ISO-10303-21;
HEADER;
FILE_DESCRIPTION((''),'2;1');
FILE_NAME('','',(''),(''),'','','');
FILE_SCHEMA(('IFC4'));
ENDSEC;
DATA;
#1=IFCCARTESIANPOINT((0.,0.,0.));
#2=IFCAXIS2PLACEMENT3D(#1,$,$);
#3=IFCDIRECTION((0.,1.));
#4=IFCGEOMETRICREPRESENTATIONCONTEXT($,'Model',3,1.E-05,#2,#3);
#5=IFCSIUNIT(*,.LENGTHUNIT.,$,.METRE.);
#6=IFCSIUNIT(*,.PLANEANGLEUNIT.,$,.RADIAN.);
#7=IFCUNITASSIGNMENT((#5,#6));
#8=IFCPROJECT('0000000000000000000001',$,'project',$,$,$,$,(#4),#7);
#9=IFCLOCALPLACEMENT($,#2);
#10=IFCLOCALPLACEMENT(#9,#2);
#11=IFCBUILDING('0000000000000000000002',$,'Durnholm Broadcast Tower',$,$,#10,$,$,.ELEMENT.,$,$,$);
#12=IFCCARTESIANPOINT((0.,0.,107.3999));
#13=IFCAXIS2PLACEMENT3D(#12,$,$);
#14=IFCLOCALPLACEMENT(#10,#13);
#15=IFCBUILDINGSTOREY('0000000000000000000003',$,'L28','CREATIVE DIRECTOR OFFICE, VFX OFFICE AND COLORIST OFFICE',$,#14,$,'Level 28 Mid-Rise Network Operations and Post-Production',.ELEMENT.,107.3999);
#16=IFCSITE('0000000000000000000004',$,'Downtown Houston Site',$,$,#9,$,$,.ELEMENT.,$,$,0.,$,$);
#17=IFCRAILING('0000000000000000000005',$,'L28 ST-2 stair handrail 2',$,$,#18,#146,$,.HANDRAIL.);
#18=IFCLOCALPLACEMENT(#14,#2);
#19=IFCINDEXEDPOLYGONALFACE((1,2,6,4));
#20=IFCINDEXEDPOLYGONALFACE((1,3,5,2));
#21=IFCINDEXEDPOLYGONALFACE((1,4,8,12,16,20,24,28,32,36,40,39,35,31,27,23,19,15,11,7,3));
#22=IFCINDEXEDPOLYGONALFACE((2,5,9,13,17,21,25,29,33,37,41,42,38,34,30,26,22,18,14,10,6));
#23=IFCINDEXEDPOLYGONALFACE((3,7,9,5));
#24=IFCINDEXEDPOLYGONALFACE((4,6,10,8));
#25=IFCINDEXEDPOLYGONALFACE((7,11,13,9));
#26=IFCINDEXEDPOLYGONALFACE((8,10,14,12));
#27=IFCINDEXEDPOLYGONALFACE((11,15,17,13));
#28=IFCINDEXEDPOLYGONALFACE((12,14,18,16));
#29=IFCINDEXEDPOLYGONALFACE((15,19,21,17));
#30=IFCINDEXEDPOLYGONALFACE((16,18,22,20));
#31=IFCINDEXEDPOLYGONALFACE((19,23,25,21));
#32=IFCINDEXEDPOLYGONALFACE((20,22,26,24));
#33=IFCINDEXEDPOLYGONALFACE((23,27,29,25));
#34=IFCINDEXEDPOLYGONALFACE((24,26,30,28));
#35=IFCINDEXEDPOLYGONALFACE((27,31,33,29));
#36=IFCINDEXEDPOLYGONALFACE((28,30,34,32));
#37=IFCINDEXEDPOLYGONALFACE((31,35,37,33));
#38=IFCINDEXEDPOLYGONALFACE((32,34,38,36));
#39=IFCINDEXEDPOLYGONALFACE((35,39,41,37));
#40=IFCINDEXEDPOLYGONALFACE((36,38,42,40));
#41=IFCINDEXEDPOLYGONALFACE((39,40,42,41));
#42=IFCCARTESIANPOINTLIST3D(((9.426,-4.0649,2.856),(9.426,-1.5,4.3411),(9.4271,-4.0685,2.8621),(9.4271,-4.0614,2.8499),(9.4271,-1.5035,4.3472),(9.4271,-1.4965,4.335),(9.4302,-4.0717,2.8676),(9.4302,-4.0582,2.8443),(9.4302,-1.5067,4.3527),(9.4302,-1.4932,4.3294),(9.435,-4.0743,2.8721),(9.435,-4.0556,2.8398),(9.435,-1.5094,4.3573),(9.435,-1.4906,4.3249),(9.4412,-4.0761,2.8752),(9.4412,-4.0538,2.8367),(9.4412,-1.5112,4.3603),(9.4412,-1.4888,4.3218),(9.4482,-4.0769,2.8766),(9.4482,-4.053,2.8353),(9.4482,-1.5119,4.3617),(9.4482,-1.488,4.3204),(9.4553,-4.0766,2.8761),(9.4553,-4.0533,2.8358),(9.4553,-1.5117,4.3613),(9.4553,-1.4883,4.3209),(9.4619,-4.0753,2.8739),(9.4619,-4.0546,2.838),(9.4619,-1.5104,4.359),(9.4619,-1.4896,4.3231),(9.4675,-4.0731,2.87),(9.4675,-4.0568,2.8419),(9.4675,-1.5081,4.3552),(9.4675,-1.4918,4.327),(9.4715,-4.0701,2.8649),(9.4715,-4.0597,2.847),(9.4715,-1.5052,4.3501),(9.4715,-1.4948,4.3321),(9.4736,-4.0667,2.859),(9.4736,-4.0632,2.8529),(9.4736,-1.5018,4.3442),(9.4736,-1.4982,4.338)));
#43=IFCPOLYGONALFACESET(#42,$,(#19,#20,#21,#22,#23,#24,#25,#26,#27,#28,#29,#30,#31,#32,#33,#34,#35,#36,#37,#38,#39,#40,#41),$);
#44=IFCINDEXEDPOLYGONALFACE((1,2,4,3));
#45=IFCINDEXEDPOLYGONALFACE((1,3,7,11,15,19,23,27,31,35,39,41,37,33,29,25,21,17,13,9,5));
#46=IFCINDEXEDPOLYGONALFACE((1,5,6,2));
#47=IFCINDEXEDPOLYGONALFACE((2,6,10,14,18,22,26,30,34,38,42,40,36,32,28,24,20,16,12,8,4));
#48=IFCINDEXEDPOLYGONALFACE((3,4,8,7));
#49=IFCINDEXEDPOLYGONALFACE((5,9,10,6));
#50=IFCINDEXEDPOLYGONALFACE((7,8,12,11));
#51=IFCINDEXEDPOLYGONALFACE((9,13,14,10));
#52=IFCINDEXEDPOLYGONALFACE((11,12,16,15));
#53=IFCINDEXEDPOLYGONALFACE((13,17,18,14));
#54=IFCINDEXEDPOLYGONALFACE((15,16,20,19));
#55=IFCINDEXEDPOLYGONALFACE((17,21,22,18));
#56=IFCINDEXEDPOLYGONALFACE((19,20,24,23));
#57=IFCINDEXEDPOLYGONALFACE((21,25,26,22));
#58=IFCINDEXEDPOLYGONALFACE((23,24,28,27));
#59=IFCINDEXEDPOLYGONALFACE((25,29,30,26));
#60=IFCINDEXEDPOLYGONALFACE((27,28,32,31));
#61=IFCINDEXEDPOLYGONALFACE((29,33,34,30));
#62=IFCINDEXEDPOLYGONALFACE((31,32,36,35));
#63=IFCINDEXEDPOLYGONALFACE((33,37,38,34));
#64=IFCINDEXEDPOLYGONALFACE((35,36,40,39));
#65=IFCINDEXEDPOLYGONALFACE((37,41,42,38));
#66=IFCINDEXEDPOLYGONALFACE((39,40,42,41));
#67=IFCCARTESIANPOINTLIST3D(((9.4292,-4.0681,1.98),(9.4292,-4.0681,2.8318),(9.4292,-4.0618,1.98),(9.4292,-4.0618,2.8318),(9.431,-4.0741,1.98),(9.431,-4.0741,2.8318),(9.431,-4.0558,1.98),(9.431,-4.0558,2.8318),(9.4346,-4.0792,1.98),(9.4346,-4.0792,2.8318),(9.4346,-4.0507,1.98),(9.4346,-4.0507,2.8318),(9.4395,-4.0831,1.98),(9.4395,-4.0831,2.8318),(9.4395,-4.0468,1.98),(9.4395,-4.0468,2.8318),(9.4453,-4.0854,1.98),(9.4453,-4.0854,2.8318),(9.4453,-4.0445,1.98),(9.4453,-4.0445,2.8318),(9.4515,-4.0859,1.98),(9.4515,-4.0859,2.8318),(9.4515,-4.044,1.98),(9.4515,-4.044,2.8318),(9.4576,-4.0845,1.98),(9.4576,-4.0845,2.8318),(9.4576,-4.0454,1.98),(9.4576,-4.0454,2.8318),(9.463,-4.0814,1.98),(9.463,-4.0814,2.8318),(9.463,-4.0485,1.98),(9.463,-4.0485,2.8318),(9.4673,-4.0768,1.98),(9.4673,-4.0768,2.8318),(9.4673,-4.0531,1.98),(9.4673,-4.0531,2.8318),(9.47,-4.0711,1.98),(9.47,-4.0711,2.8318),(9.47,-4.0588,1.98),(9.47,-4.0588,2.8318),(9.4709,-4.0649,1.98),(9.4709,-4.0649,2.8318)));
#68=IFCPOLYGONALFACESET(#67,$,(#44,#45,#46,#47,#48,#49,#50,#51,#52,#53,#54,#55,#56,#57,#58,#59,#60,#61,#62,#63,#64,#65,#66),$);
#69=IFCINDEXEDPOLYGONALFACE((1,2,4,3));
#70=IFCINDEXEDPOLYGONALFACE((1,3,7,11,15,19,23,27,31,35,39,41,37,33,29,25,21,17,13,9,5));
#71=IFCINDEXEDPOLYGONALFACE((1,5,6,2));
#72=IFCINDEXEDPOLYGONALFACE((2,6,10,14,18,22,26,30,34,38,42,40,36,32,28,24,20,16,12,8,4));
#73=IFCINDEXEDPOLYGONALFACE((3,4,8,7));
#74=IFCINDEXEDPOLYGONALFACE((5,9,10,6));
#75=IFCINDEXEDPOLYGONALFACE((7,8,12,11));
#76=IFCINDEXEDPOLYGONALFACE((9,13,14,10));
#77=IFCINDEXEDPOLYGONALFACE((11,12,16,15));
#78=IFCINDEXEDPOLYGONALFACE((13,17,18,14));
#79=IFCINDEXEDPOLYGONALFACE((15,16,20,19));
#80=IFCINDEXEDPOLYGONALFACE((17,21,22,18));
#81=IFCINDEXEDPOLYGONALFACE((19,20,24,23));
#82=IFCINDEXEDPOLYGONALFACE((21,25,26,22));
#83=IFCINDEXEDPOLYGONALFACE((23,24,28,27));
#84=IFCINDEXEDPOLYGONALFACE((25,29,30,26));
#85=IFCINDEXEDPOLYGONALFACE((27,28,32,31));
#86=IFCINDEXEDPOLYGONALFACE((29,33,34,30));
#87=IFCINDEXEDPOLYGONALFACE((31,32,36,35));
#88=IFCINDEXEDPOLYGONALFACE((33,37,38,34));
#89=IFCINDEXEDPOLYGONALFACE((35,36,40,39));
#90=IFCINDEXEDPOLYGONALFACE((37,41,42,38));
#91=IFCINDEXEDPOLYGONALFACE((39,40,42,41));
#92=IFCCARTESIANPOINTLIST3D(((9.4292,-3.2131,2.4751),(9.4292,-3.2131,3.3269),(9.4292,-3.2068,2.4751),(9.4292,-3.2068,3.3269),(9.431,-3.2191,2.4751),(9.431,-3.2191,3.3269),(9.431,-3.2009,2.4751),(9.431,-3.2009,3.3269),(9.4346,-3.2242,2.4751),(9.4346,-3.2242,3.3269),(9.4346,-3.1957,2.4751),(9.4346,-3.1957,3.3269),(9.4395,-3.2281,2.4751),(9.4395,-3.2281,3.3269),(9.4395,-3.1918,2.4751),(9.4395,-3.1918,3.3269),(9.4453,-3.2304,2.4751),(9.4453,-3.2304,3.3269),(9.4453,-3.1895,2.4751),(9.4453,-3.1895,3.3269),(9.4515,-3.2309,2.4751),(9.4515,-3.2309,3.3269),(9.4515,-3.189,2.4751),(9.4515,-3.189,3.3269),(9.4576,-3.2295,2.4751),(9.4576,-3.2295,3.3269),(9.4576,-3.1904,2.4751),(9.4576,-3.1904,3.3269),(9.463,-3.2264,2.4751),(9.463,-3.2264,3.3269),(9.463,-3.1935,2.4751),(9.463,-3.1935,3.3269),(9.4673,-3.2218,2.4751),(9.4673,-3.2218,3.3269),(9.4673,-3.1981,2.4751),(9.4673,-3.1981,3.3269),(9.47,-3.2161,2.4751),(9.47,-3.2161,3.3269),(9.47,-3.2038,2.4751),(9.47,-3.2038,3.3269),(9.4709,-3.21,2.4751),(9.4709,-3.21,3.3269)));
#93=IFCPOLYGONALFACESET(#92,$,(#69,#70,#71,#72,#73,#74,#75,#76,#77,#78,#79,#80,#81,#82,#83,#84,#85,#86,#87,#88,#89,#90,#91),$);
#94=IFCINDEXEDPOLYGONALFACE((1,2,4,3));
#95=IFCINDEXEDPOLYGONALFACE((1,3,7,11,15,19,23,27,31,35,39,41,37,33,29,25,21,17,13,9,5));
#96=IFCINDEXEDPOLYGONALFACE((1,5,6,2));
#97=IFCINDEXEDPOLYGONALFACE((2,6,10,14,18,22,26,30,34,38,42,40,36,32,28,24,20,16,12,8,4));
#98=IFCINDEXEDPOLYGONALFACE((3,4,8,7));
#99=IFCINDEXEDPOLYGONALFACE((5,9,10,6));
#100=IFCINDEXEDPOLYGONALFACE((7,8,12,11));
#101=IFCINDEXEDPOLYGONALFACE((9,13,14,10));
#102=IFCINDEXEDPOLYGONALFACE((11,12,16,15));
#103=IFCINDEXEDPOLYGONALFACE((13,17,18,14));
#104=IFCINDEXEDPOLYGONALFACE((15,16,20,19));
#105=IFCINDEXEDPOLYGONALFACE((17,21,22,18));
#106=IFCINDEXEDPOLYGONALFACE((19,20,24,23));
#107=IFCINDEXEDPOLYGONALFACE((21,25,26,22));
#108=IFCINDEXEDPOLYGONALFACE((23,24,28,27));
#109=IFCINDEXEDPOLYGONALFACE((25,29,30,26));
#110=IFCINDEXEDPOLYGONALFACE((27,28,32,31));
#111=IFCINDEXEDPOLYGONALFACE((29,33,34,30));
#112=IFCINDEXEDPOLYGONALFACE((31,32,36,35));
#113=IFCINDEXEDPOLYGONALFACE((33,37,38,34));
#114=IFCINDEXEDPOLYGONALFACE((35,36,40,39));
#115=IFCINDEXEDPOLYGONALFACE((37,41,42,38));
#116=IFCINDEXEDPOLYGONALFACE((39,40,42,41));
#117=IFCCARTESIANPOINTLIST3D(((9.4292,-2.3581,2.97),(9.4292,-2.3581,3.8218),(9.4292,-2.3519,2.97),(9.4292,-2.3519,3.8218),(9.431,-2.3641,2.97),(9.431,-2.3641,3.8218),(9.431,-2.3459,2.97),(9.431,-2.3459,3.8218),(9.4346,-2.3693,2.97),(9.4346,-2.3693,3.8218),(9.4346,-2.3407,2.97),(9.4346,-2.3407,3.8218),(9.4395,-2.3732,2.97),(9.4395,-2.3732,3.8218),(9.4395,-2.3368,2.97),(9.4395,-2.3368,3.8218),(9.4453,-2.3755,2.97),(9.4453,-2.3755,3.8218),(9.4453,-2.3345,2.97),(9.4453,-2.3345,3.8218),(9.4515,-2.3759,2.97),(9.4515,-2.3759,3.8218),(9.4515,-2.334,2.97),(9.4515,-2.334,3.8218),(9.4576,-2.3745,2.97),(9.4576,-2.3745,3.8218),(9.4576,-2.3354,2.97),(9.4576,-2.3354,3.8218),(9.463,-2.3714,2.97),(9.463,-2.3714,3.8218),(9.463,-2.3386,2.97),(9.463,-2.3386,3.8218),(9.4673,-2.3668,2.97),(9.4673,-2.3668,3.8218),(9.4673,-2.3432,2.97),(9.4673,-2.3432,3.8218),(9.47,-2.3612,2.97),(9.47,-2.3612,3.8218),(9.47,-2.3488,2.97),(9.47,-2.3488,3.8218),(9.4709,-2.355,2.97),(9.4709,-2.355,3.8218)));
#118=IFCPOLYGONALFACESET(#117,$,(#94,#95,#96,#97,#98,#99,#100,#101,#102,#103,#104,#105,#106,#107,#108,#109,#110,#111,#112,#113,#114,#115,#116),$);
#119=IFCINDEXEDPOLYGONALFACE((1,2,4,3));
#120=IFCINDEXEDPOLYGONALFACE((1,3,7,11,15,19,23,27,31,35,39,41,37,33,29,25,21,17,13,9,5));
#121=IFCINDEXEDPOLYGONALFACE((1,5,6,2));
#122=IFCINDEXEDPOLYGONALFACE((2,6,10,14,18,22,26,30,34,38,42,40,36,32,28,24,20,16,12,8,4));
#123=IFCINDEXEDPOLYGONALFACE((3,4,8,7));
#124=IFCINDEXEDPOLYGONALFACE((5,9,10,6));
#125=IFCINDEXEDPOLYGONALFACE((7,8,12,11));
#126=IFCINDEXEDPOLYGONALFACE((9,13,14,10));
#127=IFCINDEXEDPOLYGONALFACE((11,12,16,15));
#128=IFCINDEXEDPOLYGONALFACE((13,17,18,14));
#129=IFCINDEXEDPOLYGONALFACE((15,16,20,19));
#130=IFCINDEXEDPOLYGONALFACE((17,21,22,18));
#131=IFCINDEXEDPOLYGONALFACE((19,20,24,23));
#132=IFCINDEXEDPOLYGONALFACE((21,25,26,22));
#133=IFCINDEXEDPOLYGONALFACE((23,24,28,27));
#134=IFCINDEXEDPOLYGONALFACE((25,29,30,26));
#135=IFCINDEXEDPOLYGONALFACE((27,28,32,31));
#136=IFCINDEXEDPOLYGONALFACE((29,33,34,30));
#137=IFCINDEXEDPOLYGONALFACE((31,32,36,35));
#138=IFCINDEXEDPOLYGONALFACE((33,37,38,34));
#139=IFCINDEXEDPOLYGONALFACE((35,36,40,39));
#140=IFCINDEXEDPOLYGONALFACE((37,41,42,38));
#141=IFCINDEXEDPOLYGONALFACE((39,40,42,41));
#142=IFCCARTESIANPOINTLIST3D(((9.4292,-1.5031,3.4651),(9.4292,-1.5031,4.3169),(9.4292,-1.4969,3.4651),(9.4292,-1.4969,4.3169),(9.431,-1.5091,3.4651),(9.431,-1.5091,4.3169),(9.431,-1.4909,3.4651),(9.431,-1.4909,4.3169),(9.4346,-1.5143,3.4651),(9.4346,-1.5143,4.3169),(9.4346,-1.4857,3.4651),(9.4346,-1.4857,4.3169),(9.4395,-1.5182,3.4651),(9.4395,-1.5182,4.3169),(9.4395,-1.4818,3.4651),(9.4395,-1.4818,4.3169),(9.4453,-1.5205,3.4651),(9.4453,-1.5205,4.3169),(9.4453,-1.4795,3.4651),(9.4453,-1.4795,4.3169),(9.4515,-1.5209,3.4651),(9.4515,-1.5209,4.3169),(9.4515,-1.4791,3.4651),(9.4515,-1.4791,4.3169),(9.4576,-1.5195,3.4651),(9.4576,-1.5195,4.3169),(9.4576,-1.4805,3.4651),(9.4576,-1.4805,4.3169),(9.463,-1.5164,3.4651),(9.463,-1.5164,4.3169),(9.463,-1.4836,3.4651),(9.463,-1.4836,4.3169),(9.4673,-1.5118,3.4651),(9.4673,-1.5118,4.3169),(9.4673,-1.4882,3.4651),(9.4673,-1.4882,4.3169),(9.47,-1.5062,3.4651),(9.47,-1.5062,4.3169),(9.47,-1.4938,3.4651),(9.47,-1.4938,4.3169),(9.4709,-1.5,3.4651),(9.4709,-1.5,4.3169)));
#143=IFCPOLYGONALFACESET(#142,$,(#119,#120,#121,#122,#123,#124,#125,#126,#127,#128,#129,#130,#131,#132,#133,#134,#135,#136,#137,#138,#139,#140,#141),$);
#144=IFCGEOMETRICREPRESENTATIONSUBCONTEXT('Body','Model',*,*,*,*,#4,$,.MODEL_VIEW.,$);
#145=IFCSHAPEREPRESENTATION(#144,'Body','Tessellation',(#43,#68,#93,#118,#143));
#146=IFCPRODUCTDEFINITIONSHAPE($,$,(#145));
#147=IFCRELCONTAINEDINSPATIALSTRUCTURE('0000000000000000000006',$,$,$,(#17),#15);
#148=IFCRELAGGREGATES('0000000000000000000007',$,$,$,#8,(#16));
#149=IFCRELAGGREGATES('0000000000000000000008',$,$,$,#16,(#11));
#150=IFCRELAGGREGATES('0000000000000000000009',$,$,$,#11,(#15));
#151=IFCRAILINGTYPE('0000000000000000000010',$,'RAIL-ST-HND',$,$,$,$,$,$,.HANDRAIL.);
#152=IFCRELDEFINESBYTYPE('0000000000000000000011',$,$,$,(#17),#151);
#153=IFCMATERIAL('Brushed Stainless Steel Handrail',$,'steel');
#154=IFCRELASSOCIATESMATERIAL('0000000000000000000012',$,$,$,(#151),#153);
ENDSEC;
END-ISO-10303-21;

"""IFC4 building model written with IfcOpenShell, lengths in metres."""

from ifc_helpers import new_model, si_unit, direction, frame, origin, origin_2d, place, context, subcontext, project, spatial, circle, extrude, material, type_object, element, save


model = new_model("IFC4")

# Units and contexts
model_context = context("Model", 3, precision=1e-05, world=origin(), true_north=direction((0.0, 1.0)))
body_context = subcontext(model_context, "Body", "Model", "MODEL_VIEW")
ifc_project = project(units=[si_unit("LENGTHUNIT", "METRE"), si_unit("PLANEANGLEUNIT", "RADIAN")], contexts=[model_context])

# Site, building, storey
site_placement = place(None, origin())
site = spatial("IfcSite", under=ifc_project, at=site_placement, Name="Downtown Houston Site", CompositionType="ELEMENT", RefElevation=0.0)
building_placement = place(site_placement, origin())
building = spatial("IfcBuilding", under=site, at=building_placement, Name="Durnholm Broadcast Tower", CompositionType="ELEMENT")
storey_placement = place(building_placement, frame((0.0, 0.0, 107.3999)))
storey = spatial("IfcBuildingStorey", under=building, at=storey_placement, Name="L28", Description="CREATIVE DIRECTOR OFFICE, VFX OFFICE AND COLORIST OFFICE", LongName="Level 28 Mid-Rise Network Operations and Post-Production", CompositionType="ELEMENT", Elevation=107.3999)

# Railing
ifc_material_1 = material(Name="Brushed Stainless Steel Handrail", Category="steel")
railing_type_1 = type_object("IfcRailingType", Name="RAIL-ST-HND", PredefinedType="HANDRAIL", material=ifc_material_1)
railing_1_placement = place(storey_placement, frame((9.45, -4.0649, 1.98)))
element("IfcRailing", 1, at=railing_1_placement, inside=storey, type_object=railing_type_1, Name="L28 ST-2 stair handrail 2", PredefinedType="HANDRAIL", context=body_context, shape_type="SweptSolid", body=[
    extrude(circle(Radius=0.0239, at=origin_2d()), frame((0.0, 0.0, 0.876), z_axis=(0.0, 0.865406, 0.501072), x_axis=(-1.0, 0.0, 0.0)), (0.0, 0.0, 1.0), 2.9639),
    extrude(circle(Radius=0.021, at=origin_2d()), origin(), (0.0, 0.0, 1.0), 0.8518),
    extrude(circle(Radius=0.021, at=origin_2d()), frame((0.0, 0.855, 0.4951)), (0.0, 0.0, 1.0), 0.8518),
    extrude(circle(Radius=0.021, at=origin_2d()), frame((0.0, 1.71, 0.99)), (0.0, 0.0, 1.0), 0.8518),
    extrude(circle(Radius=0.021, at=origin_2d()), frame((0.0, 2.5649, 1.4851)), (0.0, 0.0, 1.0), 0.8518),
])

save(model, "model.ifc")
